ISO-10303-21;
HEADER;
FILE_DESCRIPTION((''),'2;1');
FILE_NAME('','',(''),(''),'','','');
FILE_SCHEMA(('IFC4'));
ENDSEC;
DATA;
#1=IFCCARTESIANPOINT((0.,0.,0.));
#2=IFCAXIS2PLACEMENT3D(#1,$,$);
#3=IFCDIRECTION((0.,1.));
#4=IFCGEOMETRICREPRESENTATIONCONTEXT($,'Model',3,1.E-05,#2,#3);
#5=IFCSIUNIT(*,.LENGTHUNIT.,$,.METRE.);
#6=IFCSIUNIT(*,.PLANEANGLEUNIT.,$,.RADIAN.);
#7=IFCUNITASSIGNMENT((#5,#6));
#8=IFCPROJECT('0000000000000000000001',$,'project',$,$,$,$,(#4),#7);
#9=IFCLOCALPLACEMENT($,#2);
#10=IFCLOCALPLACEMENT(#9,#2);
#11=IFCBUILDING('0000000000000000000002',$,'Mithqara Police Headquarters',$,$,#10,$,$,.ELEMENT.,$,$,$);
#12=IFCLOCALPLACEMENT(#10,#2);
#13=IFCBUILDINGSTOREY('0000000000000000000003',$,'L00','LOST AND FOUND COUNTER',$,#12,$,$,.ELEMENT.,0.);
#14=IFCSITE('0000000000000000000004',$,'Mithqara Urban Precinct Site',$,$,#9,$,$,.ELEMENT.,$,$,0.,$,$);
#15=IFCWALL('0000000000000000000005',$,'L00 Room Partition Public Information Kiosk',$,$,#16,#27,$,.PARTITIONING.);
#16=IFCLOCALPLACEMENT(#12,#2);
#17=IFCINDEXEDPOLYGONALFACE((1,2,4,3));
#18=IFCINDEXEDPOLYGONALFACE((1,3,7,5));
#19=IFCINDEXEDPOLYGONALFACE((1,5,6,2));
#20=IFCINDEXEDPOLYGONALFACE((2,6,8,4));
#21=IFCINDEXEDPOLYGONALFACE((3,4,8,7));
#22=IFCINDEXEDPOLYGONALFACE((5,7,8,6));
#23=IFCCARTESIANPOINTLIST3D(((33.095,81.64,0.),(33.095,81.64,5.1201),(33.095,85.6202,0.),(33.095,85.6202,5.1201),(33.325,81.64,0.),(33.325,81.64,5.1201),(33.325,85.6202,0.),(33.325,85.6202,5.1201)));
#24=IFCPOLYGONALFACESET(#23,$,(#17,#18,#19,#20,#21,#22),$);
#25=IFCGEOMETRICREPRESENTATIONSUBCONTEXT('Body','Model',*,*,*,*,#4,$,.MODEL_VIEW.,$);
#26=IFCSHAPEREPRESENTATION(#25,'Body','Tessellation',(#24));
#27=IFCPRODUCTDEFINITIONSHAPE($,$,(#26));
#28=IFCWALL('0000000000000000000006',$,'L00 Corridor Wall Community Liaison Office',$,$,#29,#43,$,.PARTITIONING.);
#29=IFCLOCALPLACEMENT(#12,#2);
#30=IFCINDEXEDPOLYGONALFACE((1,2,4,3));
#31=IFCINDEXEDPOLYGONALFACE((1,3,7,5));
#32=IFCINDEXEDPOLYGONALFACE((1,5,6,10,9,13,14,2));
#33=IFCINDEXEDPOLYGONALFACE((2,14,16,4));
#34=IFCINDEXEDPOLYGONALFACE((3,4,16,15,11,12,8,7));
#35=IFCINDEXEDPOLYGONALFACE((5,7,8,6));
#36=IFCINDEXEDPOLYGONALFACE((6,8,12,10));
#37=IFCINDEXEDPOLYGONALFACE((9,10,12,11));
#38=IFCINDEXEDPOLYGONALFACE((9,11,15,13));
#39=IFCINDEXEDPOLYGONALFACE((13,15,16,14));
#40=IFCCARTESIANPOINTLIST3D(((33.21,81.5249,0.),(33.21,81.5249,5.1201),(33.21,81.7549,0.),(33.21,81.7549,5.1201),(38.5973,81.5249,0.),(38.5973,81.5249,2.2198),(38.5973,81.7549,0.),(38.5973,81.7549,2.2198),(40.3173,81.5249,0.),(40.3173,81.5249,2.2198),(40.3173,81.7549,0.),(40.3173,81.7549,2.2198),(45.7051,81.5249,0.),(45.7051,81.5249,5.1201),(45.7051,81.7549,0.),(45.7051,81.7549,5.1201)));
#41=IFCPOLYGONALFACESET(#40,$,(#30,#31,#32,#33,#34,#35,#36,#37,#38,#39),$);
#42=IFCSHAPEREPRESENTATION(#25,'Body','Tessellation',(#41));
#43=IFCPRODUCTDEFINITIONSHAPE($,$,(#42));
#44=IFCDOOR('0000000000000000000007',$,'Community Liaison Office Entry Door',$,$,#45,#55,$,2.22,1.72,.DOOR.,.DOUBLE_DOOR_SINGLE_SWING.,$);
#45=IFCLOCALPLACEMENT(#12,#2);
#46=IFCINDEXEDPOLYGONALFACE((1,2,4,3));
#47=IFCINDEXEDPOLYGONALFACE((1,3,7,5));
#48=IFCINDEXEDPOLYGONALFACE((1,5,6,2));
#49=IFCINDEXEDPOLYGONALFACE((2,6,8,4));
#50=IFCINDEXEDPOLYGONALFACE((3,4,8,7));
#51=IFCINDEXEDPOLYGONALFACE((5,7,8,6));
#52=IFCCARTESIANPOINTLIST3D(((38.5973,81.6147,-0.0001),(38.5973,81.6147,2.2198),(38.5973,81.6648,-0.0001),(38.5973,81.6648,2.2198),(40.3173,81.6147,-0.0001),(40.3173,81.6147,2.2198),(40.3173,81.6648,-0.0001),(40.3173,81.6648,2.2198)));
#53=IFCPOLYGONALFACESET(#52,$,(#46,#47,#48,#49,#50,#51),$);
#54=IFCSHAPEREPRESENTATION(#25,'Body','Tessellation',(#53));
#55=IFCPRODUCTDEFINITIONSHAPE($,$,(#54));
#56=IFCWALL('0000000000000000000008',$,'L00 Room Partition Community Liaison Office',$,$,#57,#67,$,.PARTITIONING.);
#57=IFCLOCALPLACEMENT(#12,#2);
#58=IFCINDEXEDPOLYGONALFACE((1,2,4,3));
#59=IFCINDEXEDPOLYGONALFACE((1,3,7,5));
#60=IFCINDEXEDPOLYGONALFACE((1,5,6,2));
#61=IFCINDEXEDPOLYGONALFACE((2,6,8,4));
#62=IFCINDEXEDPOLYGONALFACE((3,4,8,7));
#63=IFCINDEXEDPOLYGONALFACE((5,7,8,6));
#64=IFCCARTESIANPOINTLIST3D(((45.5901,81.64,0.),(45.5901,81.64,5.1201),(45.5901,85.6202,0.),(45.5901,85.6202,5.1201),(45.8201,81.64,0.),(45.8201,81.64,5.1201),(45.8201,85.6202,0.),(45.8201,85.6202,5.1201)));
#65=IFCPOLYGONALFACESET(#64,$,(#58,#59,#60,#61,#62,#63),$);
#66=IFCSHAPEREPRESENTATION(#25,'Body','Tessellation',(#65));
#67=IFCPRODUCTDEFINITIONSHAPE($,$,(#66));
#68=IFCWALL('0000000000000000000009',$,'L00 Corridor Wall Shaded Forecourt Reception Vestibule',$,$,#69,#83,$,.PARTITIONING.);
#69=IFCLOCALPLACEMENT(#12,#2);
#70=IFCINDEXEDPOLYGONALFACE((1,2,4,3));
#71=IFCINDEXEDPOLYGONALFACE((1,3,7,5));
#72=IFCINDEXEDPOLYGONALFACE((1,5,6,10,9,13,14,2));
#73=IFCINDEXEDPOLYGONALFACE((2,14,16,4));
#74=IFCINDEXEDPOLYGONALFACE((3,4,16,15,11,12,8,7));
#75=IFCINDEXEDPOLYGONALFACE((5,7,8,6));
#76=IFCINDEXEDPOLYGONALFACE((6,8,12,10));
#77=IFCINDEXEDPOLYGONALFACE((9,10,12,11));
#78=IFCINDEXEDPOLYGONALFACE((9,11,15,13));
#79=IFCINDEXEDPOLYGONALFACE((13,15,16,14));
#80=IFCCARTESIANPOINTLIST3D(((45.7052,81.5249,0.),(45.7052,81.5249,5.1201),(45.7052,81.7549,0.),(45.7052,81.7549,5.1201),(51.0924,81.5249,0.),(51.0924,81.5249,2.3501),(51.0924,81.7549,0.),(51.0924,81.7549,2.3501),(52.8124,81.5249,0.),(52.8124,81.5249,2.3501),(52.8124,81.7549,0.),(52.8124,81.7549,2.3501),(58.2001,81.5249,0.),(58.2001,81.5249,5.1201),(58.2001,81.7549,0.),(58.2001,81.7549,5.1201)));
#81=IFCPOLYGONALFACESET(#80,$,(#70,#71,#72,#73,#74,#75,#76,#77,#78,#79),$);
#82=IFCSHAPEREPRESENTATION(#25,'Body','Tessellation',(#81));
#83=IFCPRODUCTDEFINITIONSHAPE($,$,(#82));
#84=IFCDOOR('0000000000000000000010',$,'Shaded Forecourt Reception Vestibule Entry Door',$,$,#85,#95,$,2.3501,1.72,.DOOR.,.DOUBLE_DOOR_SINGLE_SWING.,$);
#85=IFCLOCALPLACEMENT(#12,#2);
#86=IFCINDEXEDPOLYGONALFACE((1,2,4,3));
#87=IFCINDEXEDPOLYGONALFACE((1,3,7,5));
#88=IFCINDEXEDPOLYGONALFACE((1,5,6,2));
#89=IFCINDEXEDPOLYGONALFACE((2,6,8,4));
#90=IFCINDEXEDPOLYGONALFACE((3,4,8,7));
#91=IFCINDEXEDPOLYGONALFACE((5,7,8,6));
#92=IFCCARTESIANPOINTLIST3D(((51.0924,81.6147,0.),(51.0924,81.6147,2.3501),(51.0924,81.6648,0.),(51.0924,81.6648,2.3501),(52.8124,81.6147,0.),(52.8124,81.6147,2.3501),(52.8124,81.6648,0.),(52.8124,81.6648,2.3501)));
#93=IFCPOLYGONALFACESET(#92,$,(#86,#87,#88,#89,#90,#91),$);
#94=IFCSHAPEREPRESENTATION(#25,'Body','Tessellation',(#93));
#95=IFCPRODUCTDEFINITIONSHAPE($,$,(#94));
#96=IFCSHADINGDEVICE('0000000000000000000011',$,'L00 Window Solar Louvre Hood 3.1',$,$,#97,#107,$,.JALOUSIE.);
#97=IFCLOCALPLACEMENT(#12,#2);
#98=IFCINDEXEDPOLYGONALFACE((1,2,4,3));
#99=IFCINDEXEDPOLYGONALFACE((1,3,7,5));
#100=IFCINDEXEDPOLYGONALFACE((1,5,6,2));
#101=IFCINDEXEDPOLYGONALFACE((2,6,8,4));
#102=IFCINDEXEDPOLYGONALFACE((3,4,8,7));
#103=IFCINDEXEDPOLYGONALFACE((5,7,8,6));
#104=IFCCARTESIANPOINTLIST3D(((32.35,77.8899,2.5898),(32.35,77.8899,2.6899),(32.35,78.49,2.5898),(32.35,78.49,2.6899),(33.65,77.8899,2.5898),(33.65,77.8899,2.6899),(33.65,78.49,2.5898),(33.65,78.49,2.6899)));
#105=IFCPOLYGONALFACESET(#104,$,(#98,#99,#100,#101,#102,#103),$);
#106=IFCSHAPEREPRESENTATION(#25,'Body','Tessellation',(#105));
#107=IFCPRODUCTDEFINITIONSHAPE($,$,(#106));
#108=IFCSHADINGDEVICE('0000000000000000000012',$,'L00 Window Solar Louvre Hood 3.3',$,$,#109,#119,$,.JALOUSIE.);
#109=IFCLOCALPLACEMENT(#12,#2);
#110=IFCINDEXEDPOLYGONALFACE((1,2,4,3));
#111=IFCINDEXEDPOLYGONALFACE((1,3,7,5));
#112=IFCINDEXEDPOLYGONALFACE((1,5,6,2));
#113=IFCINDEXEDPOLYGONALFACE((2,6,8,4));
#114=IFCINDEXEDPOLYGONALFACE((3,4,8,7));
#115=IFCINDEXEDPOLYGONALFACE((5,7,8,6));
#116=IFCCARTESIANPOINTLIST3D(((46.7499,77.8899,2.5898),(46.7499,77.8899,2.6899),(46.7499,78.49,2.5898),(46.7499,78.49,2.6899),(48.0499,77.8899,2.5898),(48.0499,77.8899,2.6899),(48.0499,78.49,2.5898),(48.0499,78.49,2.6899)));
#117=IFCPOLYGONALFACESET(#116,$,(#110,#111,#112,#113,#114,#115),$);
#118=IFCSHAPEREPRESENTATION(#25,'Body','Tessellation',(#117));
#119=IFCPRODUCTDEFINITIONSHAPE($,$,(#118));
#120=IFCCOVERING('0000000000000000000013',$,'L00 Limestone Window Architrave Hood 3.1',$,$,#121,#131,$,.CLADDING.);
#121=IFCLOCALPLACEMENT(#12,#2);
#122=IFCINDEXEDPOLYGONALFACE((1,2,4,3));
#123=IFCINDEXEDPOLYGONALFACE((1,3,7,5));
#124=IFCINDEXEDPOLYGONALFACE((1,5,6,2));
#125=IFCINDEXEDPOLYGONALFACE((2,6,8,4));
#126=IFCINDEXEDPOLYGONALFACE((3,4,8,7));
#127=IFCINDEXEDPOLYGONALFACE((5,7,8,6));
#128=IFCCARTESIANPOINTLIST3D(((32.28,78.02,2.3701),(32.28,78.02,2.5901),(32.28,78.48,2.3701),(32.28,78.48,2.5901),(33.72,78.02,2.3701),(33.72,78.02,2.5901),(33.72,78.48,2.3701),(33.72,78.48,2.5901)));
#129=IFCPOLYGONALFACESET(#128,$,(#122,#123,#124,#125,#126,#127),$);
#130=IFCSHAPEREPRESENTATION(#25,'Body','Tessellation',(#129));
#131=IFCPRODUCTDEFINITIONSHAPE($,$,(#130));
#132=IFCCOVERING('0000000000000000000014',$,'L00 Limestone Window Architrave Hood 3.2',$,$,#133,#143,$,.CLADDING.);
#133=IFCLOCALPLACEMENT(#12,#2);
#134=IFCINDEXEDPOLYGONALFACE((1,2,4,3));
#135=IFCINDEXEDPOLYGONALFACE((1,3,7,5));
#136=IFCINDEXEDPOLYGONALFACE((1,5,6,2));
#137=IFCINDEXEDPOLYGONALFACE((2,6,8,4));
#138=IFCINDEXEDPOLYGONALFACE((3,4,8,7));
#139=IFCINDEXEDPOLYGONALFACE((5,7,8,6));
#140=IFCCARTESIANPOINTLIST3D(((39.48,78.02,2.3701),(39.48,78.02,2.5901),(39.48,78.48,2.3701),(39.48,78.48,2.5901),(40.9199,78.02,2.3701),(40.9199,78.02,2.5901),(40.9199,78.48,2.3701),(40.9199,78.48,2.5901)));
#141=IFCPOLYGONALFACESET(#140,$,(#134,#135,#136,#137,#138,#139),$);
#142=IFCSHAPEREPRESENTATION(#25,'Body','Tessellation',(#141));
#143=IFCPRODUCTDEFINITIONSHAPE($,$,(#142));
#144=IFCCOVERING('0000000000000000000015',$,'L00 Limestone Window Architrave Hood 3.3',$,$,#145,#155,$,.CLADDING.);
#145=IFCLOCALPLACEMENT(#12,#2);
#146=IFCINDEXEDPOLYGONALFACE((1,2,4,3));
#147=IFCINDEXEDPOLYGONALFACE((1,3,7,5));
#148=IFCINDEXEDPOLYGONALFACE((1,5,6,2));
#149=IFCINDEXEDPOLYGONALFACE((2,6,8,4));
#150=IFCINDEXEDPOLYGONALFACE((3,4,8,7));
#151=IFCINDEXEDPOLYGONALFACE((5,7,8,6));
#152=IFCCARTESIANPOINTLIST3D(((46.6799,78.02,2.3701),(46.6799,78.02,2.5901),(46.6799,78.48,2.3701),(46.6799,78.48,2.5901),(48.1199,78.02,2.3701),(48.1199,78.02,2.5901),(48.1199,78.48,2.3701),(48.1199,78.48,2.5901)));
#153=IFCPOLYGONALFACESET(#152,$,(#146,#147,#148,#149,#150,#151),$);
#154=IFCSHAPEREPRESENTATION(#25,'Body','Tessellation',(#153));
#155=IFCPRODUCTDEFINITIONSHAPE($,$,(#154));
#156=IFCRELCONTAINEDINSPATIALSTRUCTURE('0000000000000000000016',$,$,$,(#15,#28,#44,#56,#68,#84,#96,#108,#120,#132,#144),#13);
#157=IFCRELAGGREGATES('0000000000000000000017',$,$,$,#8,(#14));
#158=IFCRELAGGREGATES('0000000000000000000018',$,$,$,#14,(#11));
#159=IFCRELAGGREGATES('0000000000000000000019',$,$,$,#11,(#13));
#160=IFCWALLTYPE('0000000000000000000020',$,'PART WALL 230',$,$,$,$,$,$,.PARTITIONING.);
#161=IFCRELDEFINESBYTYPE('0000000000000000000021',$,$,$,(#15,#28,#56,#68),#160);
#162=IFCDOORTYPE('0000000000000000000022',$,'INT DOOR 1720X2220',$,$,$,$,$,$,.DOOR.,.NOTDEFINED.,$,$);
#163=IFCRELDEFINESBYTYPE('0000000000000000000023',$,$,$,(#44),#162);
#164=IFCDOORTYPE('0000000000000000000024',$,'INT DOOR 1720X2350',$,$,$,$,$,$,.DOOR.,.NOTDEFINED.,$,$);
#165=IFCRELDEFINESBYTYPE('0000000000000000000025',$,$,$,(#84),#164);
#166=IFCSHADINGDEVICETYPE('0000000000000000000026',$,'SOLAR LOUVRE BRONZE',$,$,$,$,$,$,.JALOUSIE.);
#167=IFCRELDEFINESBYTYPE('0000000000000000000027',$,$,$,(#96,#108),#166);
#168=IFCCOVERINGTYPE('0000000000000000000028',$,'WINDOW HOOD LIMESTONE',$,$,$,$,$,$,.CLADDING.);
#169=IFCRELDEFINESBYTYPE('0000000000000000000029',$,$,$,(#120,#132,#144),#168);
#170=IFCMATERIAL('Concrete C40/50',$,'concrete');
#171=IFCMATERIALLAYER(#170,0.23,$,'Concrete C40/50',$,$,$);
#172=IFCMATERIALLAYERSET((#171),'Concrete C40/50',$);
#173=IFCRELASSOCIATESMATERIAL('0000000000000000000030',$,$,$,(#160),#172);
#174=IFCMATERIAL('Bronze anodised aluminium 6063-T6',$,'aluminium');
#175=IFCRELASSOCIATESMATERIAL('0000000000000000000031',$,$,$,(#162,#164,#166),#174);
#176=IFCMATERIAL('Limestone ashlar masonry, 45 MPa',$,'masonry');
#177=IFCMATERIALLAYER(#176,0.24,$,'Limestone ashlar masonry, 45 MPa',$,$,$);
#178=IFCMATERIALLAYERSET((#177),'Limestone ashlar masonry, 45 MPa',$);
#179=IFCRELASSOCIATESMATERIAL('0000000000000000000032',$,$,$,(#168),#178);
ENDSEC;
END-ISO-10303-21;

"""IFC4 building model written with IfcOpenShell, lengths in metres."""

from ifc_helpers import new_model, si_unit, direction, frame, frame_2d, origin, origin_2d, place, context, subcontext, project, spatial, rectangle, extrude, material, layer, layer_set, type_object, element, fill, save


model = new_model("IFC4")

# Units and contexts
model_context = context("Model", 3, precision=1e-05, world=origin(), true_north=direction((0.0, 1.0)))
body_context = subcontext(model_context, "Body", "Model", "MODEL_VIEW")
ifc_project = project(units=[si_unit("LENGTHUNIT", "METRE"), si_unit("PLANEANGLEUNIT", "RADIAN")], contexts=[model_context])

# Site, building, storey
site_placement = place(None, origin())
site = spatial("IfcSite", under=ifc_project, at=site_placement, Name="Mithqara Urban Precinct Site", CompositionType="ELEMENT", RefElevation=0.0)
building_placement = place(site_placement, origin())
building = spatial("IfcBuilding", under=site, at=building_placement, Name="Mithqara Police Headquarters", CompositionType="ELEMENT")
storey_placement = place(building_placement, origin())
storey = spatial("IfcBuildingStorey", under=building, at=storey_placement, Name="L00", Description="LOST AND FOUND COUNTER", CompositionType="ELEMENT", Elevation=0.0)

# Shared definitions
ifc_material_1 = material(Name="Concrete C40/50", Category="concrete")

# Wall
ifc_layer_1 = layer(ifc_material_1, 0.23, Name="Concrete C40/50")
ifc_layer_set_1 = layer_set([ifc_layer_1], Name="Concrete C40/50")
wall_type = type_object("IfcWallType", Name="PART WALL 230", PredefinedType="PARTITIONING", material=ifc_layer_set_1)
wall_1_placement = place(storey_placement, frame((33.21, 81.6399, 0.0), z_axis=(0.0, 0.0, 1.0), x_axis=(0.0, 1.0, 0.0)))
element("IfcWall", 1, at=wall_1_placement, inside=storey, type_object=wall_type, Name="L00 Room Partition Public Information Kiosk", PredefinedType="PARTITIONING", context=body_context, shape_type="SweptSolid", body=[
    extrude(rectangle(XDim=3.9802, YDim=0.23, at=frame_2d((1.9902, 0.0))), origin(), (0.0, 0.0, 1.0), 5.1201),
])

# Wall, opening, door
wall_2_placement = place(storey_placement, frame((33.21, 81.6399, 0.0), z_axis=(0.0, 0.0, 1.0), x_axis=(1.0, 0.0, 0.0)))
wall_2 = element("IfcWall", 2, at=wall_2_placement, inside=storey, type_object=wall_type, Name="L00 Corridor Wall Community Liaison Office", PredefinedType="PARTITIONING", context=body_context, shape_type="SweptSolid", body=[
    extrude(rectangle(XDim=12.4951, YDim=0.23, at=frame_2d((6.2476, 0.0))), origin(), (0.0, 0.0, 1.0), 5.1201),
])
opening_1_placement = place(wall_2_placement, frame((5.3875, 0.0, 0.0)))
opening_1 = element("IfcOpeningElement", 3, at=opening_1_placement, cuts=wall_2, PredefinedType="OPENING", context=body_context, shape_type="SweptSolid", body=[
    extrude(rectangle(XDim=1.72, YDim=2.22, at=frame_2d((0.8599, 1.1099))), frame((0.0, 0.125, 0.0), z_axis=(0.0, -1.0, 0.0), x_axis=(1.0, 0.0, 0.0)), (0.0, 0.0, 1.0), 0.25),
])
ifc_material_2 = material(Name="Bronze anodised aluminium 6063-T6", Category="aluminium")
door_type_1 = type_object("IfcDoorType", Name="INT DOOR 1720X2220", OperationType="NOTDEFINED", PredefinedType="DOOR", material=ifc_material_2)
door_1_placement = place(opening_1_placement, origin())
door_1 = element("IfcDoor", 4, at=door_1_placement, inside=storey, type_object=door_type_1, Name="Community Liaison Office Entry Door", OperationType="DOUBLE_DOOR_SINGLE_SWING", OverallHeight=2.22, OverallWidth=1.72, PredefinedType="DOOR", context=body_context, shape_type="SweptSolid", body=[
    extrude(rectangle(XDim=1.72, YDim=2.22, at=frame_2d((0.8599, 1.1099))), frame((0.0, 0.0249, 0.0), z_axis=(0.0, -1.0, 0.0), x_axis=(1.0, 0.0, 0.0)), (0.0, 0.0, 1.0), 0.05),
])
fill(opening_1, door_1)

# Wall
wall_3_placement = place(storey_placement, frame((45.7051, 81.6399, 0.0), z_axis=(0.0, 0.0, 1.0), x_axis=(0.0, 1.0, 0.0)))
element("IfcWall", 5, at=wall_3_placement, inside=storey, type_object=wall_type, Name="L00 Room Partition Community Liaison Office", PredefinedType="PARTITIONING", context=body_context, shape_type="SweptSolid", body=[
    extrude(rectangle(XDim=3.9802, YDim=0.23, at=frame_2d((1.9902, 0.0))), origin(), (0.0, 0.0, 1.0), 5.1201),
])

# Wall, opening, door
wall_4_placement = place(storey_placement, frame((45.7051, 81.6399, 0.0), z_axis=(0.0, 0.0, 1.0), x_axis=(1.0, 0.0, 0.0)))
wall_4 = element("IfcWall", 6, at=wall_4_placement, inside=storey, type_object=wall_type, Name="L00 Corridor Wall Shaded Forecourt Reception Vestibule", PredefinedType="PARTITIONING", context=body_context, shape_type="SweptSolid", body=[
    extrude(rectangle(XDim=12.4949, YDim=0.23, at=frame_2d((6.2476, 0.0))), origin(), (0.0, 0.0, 1.0), 5.1201),
])
opening_2_placement = place(wall_4_placement, frame((5.3875, 0.0, 0.0)))
opening_2 = element("IfcOpeningElement", 7, at=opening_2_placement, cuts=wall_4, PredefinedType="OPENING", context=body_context, shape_type="SweptSolid", body=[
    extrude(rectangle(XDim=1.72, YDim=2.3501, at=frame_2d((0.8599, 1.175))), frame((0.0, 0.125, 0.0), z_axis=(0.0, -1.0, 0.0), x_axis=(1.0, 0.0, 0.0)), (0.0, 0.0, 1.0), 0.25),
])
door_type_2 = type_object("IfcDoorType", Name="INT DOOR 1720X2350", OperationType="NOTDEFINED", PredefinedType="DOOR", material=ifc_material_2)
door_2_placement = place(opening_2_placement, origin())
door_2 = element("IfcDoor", 8, at=door_2_placement, inside=storey, type_object=door_type_2, Name="Shaded Forecourt Reception Vestibule Entry Door", OperationType="DOUBLE_DOOR_SINGLE_SWING", OverallHeight=2.3501, OverallWidth=1.72, PredefinedType="DOOR", context=body_context, shape_type="SweptSolid", body=[
    extrude(rectangle(XDim=1.72, YDim=2.3501, at=frame_2d((0.8599, 1.175))), frame((0.0, 0.0249, 0.0), z_axis=(0.0, -1.0, 0.0), x_axis=(1.0, 0.0, 0.0)), (0.0, 0.0, 1.0), 0.05),
])
fill(opening_2, door_2)

# Shading devices
shading_device_type = type_object("IfcShadingDeviceType", Name="SOLAR LOUVRE BRONZE", PredefinedType="JALOUSIE", material=ifc_material_2)
for number, where, z_axis, x_axis, name in (
    (9, (33.0, 78.1899, 2.5898), (0.0, 0.0, 1.0), (1.0, 0.0, 0.0), "L00 Window Solar Louvre Hood 3.1"),
    (10, (47.3999, 78.1899, 2.5898), (0.0, 0.0, 1.0), (1.0, 0.0, 0.0), "L00 Window Solar Louvre Hood 3.3"),
):
    element("IfcShadingDevice", number, at=place(storey_placement, frame(where, z_axis=z_axis, x_axis=x_axis)), inside=storey, type_object=shading_device_type, Name=name, PredefinedType="JALOUSIE", context=body_context, shape_type="SweptSolid", body=[
        extrude(rectangle(XDim=1.3, YDim=0.6001, at=origin_2d()), origin(), (0.0, 0.0, 1.0), 0.1001),
    ])

# Coverings
ifc_material_3 = material(Name="Limestone ashlar masonry, 45 MPa", Category="masonry")
ifc_layer_2 = layer(ifc_material_3, 0.24, Name="Limestone ashlar masonry, 45 MPa")
ifc_layer_set_2 = layer_set([ifc_layer_2], Name="Limestone ashlar masonry, 45 MPa")
covering_type = type_object("IfcCoveringType", Name="WINDOW HOOD LIMESTONE", PredefinedType="CLADDING", material=ifc_layer_set_2)
for number, where, z_axis, x_axis, name in (
    (11, (33.0, 78.25, 2.3701), (0.0, 0.0, 1.0), (1.0, 0.0, 0.0), "L00 Limestone Window Architrave Hood 3.1"),
    (12, (40.2, 78.25, 2.3701), (0.0, 0.0, 1.0), (1.0, 0.0, 0.0), "L00 Limestone Window Architrave Hood 3.2"),
    (13, (47.3999, 78.25, 2.3701), (0.0, 0.0, 1.0), (1.0, 0.0, 0.0), "L00 Limestone Window Architrave Hood 3.3"),
):
    element("IfcCovering", number, at=place(storey_placement, frame(where, z_axis=z_axis, x_axis=x_axis)), inside=storey, type_object=covering_type, Name=name, PredefinedType="CLADDING", context=body_context, shape_type="SweptSolid", body=[
        extrude(rectangle(XDim=1.4399, YDim=0.46, at=origin_2d()), origin(), (0.0, 0.0, 1.0), 0.22),
    ])

save(model, "model.ifc")
